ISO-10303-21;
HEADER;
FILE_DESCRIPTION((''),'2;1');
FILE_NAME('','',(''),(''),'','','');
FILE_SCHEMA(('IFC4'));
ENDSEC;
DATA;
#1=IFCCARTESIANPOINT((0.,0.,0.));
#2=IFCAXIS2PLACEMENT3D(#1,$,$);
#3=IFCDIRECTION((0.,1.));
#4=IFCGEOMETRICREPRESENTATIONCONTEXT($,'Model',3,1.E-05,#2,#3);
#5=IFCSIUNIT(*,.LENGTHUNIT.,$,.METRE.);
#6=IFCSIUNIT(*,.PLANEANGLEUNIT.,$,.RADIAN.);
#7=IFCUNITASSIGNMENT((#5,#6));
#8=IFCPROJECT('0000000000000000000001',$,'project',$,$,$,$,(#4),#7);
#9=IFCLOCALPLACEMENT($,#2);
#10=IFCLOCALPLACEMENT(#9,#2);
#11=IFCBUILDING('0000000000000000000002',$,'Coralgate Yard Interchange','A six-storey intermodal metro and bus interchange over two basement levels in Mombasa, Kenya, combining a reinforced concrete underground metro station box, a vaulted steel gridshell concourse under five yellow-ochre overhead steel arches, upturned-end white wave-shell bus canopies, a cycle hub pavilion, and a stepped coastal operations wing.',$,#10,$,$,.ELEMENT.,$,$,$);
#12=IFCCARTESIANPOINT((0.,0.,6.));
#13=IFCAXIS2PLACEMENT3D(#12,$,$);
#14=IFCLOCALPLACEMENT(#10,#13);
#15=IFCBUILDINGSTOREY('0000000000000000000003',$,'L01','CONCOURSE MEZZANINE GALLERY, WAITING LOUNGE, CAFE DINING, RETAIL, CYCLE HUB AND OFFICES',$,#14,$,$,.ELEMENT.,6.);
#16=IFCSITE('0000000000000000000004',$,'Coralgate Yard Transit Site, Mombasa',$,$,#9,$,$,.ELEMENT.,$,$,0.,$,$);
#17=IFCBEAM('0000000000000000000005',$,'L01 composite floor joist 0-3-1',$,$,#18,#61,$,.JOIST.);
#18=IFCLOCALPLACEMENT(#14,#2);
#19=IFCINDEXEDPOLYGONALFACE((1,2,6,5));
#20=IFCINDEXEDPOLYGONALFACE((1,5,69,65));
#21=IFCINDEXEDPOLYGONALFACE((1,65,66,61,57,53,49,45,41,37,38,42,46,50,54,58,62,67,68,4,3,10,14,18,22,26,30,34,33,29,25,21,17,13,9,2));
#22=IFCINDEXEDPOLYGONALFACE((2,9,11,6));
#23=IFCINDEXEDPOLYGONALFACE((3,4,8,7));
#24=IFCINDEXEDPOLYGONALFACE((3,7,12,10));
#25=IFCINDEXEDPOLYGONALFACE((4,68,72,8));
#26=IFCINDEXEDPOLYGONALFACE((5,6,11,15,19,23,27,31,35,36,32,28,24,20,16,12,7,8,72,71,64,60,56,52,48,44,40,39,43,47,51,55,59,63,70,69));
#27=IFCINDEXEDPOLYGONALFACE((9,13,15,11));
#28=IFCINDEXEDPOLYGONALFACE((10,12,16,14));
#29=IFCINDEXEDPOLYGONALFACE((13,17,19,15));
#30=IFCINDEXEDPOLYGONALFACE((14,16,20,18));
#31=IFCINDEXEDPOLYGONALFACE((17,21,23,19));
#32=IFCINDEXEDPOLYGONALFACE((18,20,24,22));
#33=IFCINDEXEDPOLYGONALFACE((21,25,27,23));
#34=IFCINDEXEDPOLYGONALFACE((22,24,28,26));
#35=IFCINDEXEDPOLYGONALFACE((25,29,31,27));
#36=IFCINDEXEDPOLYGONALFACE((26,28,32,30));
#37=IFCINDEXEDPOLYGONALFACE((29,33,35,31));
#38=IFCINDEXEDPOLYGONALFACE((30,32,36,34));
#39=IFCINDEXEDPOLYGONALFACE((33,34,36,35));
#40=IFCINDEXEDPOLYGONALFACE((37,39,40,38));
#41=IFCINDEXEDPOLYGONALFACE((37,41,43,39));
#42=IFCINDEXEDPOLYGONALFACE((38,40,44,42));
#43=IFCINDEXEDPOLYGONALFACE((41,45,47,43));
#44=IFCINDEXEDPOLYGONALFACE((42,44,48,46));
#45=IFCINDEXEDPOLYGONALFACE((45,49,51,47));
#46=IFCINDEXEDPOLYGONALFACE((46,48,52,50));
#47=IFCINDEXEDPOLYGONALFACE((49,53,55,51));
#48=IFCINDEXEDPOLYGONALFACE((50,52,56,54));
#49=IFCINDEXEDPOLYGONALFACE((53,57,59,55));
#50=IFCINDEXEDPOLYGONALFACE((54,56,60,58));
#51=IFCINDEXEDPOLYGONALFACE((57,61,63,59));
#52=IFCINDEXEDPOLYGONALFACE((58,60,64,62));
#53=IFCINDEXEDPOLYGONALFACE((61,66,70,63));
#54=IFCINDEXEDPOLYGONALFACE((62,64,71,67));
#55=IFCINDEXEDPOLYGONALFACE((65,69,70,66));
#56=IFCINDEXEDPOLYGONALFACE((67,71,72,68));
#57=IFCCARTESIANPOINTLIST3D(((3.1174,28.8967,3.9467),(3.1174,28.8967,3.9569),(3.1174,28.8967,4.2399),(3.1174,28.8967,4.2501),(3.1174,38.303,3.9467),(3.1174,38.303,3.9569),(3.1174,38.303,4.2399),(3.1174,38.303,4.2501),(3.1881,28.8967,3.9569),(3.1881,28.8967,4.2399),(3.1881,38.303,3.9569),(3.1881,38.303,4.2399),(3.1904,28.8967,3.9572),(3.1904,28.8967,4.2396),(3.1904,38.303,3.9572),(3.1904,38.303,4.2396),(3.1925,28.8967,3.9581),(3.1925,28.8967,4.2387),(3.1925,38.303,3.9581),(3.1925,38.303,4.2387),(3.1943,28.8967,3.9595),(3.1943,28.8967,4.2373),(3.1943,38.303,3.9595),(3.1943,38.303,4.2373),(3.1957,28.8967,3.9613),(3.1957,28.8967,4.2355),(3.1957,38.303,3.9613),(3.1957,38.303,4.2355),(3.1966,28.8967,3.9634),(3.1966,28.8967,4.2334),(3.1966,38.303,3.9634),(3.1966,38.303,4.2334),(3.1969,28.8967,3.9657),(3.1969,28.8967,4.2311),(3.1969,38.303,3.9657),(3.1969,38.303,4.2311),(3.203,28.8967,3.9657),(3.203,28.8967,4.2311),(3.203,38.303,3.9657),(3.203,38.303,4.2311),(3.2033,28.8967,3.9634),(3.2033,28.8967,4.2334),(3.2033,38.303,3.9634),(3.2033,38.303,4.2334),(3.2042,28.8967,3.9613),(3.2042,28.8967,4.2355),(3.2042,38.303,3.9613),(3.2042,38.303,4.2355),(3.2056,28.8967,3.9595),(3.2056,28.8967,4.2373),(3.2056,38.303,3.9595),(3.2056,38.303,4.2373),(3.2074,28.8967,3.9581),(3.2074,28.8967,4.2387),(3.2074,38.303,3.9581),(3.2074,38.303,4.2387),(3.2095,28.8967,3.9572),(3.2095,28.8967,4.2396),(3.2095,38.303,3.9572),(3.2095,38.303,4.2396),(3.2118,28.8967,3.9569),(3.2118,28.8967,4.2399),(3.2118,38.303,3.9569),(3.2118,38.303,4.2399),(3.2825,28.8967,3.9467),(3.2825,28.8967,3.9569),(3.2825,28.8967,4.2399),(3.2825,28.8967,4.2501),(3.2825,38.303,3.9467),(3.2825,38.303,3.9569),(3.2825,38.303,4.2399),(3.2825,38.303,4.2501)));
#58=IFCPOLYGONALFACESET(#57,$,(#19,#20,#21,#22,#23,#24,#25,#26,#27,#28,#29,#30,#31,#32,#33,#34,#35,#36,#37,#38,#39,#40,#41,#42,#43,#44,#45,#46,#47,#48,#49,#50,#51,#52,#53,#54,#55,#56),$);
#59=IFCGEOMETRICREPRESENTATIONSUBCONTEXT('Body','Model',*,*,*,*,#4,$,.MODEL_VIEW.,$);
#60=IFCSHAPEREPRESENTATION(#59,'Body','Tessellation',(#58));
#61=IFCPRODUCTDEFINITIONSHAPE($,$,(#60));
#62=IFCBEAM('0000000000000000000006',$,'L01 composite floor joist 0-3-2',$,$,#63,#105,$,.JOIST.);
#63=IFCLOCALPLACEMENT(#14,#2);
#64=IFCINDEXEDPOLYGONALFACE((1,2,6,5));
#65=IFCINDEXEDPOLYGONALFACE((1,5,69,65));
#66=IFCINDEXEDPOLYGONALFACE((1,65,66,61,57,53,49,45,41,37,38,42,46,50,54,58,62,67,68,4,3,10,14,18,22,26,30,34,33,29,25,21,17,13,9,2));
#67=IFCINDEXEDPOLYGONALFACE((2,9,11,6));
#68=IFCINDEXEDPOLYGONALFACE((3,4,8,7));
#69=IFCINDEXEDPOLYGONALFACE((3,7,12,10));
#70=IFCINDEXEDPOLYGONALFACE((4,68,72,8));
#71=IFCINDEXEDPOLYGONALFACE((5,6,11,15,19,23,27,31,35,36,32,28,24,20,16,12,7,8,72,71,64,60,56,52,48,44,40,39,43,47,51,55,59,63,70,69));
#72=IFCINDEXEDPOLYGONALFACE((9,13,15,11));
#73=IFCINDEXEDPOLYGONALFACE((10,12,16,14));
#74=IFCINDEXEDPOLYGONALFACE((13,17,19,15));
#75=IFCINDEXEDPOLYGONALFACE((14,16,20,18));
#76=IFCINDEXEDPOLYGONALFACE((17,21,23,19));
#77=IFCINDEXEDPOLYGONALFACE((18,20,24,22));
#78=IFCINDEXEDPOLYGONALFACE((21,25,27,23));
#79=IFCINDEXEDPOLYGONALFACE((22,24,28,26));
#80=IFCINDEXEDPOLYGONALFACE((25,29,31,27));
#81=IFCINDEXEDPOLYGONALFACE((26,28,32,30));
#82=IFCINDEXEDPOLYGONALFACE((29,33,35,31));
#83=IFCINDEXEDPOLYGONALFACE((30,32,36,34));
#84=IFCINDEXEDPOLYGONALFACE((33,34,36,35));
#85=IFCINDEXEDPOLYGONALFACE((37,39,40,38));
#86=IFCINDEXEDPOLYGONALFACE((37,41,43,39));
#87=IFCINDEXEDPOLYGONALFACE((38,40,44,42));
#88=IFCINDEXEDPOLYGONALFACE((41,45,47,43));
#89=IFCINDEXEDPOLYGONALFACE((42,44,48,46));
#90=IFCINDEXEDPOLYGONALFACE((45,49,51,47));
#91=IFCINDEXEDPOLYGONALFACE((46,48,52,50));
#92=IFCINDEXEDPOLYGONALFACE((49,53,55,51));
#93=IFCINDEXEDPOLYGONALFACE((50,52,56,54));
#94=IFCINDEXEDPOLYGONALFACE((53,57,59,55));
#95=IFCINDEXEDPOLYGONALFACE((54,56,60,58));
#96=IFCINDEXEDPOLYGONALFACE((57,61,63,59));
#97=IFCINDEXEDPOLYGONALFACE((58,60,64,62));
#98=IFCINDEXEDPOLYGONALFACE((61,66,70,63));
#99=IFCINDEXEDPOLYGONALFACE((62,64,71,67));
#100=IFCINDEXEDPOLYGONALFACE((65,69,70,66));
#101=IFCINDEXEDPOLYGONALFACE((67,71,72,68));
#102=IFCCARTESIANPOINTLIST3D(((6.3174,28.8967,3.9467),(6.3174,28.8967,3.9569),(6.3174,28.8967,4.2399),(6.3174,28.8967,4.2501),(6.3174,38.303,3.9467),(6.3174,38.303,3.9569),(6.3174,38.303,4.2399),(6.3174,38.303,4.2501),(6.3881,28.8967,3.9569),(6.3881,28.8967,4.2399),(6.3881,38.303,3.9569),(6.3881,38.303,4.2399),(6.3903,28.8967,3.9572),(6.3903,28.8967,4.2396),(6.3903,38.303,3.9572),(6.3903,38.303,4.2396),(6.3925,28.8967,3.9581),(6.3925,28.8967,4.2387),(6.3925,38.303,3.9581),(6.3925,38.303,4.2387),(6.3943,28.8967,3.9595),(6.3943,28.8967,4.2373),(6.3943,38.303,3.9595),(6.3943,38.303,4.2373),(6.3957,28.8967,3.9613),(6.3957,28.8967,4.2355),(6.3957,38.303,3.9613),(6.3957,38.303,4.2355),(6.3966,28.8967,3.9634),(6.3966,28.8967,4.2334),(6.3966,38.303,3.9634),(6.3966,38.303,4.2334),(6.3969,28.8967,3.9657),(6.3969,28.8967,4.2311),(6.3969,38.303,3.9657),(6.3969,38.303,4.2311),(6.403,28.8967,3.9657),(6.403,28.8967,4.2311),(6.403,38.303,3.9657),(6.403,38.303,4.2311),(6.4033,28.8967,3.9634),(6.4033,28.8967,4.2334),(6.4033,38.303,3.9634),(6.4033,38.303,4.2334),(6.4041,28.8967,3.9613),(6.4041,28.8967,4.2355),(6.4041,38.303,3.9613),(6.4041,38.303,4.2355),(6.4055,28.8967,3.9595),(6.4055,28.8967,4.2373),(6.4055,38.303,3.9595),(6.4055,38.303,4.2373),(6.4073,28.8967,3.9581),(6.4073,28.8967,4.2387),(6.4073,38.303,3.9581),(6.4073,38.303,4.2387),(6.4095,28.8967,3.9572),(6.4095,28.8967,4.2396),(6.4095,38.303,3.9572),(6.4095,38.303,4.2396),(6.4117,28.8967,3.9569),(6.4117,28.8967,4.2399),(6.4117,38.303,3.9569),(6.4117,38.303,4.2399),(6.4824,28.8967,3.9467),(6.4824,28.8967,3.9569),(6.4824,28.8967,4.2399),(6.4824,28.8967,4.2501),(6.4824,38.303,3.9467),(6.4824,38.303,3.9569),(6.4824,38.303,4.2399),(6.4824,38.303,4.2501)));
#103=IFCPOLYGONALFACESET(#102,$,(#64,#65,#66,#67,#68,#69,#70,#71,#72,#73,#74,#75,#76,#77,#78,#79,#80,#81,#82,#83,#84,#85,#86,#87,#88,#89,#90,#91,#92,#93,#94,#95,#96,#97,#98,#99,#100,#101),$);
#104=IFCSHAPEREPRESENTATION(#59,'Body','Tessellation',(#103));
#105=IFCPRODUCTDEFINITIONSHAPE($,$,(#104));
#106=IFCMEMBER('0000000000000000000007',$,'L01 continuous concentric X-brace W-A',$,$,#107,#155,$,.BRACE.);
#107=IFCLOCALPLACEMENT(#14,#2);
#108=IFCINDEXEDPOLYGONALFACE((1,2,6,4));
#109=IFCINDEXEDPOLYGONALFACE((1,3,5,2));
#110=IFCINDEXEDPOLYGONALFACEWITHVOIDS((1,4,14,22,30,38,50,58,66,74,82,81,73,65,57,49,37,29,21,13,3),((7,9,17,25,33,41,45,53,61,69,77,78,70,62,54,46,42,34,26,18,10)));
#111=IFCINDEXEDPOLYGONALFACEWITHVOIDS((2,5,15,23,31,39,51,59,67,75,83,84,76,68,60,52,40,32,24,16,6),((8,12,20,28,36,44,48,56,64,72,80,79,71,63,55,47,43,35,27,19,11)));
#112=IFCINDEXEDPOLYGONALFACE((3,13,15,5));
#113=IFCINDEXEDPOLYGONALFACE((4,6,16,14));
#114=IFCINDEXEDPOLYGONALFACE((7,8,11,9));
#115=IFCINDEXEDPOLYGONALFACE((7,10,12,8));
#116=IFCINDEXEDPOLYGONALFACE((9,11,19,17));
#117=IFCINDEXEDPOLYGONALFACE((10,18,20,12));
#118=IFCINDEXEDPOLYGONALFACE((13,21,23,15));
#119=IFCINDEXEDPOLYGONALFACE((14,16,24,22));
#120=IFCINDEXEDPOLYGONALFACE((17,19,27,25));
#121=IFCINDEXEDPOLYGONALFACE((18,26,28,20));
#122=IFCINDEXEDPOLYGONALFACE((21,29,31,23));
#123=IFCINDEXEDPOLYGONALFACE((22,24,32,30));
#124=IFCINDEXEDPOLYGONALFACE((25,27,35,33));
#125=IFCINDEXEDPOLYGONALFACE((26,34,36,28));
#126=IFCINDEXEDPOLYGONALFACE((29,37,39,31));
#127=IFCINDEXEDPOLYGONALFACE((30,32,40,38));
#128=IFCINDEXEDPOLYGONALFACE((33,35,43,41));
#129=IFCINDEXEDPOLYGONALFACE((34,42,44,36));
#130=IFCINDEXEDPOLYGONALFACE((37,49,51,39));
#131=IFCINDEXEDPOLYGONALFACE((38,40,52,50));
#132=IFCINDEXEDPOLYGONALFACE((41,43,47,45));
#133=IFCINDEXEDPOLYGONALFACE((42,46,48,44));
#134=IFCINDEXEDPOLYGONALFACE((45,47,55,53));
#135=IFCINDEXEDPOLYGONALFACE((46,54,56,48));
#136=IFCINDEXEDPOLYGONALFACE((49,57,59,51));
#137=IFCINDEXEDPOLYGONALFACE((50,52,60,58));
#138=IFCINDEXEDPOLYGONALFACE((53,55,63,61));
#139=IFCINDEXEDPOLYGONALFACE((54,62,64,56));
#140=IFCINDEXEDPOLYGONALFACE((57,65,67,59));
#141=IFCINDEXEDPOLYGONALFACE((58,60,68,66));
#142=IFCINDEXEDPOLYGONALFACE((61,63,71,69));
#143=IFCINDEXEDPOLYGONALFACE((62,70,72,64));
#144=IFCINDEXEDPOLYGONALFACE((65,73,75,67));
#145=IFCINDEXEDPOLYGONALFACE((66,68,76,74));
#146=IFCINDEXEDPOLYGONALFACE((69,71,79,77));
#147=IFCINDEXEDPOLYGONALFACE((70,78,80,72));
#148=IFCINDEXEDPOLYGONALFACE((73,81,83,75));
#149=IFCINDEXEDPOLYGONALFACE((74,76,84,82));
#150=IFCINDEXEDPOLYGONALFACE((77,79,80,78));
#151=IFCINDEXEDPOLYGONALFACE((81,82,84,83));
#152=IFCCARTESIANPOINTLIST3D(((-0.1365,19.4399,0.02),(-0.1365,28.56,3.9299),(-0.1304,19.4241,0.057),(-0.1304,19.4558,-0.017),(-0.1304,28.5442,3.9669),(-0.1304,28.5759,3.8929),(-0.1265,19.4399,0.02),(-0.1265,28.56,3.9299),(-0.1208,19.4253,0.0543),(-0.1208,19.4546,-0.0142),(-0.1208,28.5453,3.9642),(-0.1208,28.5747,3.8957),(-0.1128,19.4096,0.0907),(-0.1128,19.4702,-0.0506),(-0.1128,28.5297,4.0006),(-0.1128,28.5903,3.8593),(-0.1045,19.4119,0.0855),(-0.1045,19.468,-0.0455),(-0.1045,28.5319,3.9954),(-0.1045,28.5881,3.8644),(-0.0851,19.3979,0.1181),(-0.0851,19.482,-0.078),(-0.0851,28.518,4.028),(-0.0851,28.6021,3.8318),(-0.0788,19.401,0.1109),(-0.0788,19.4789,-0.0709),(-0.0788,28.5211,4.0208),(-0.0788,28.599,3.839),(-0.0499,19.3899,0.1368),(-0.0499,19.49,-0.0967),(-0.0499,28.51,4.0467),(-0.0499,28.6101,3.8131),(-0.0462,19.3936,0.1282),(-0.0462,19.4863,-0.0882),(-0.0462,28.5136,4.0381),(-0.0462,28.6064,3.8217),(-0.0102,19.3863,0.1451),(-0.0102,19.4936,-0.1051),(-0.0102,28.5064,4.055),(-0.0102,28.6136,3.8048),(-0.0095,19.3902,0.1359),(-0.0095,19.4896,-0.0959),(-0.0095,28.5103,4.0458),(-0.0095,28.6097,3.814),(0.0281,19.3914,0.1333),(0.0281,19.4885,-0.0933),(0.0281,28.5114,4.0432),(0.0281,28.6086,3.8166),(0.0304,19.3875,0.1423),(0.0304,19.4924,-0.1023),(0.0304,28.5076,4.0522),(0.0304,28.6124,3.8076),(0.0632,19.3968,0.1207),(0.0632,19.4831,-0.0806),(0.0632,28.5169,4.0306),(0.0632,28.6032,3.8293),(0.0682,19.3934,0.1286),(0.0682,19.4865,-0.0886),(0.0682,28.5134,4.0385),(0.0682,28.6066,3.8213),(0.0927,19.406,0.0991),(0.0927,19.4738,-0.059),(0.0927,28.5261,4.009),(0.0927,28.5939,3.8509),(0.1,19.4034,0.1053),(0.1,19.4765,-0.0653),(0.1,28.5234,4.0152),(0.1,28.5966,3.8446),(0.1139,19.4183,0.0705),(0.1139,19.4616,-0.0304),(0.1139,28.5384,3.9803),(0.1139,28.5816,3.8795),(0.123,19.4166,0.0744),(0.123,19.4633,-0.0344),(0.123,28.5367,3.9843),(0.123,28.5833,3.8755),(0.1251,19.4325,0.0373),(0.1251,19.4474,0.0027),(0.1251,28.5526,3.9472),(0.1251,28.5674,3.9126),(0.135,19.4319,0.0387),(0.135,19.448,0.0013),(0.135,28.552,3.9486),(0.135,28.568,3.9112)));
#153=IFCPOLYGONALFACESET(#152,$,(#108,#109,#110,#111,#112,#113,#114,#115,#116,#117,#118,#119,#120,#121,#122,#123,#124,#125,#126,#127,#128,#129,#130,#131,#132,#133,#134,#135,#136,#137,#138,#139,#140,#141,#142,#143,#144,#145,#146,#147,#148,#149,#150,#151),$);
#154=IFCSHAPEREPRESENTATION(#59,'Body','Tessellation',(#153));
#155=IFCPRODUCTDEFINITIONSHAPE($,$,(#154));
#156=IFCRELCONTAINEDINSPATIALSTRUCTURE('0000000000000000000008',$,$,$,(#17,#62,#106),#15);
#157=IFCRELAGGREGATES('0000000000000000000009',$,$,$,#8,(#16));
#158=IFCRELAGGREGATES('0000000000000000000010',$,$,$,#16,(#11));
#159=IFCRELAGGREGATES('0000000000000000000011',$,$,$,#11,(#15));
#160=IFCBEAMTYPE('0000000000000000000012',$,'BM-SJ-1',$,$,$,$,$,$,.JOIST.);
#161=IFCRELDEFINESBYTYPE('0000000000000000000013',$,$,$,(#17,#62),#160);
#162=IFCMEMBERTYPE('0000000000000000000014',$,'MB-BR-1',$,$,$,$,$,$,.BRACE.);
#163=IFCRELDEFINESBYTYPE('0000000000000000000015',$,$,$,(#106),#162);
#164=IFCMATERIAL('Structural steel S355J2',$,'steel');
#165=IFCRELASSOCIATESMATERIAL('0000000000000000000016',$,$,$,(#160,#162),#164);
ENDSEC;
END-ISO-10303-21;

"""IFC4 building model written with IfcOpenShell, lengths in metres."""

from ifc_helpers import new_model, si_unit, direction, frame, origin, origin_2d, place, context, subcontext, project, spatial, hollow_circle, i_section, extrude, material, material_profile, profile_set, type_object, element, save


model = new_model("IFC4")

# Units and contexts
model_context = context("Model", 3, precision=1e-05, world=origin(), true_north=direction((0.0, 1.0)))
body_context = subcontext(model_context, "Body", "Model", "MODEL_VIEW")
ifc_project = project(units=[si_unit("LENGTHUNIT", "METRE"), si_unit("PLANEANGLEUNIT", "RADIAN")], contexts=[model_context])

# Site, building, storey
site_placement = place(None, origin())
site = spatial("IfcSite", under=ifc_project, at=site_placement, Name="Coralgate Yard Transit Site, Mombasa", CompositionType="ELEMENT", RefElevation=0.0)
building_placement = place(site_placement, origin())
building = spatial("IfcBuilding", under=site, at=building_placement, Name="Coralgate Yard Interchange", Description="A six-storey intermodal metro and bus interchange over two basement levels in Mombasa, Kenya, combining a reinforced concrete underground metro station box, a vaulted steel gridshell concourse under five yellow-ochre overhead steel arches, upturned-end white wave-shell bus canopies, a cycle hub pavilion, and a stepped coastal operations wing.", CompositionType="ELEMENT")
storey_placement = place(building_placement, frame((0.0, 0.0, 6.0)))
storey = spatial("IfcBuildingStorey", under=building, at=storey_placement, Name="L01", Description="CONCOURSE MEZZANINE GALLERY, WAITING LOUNGE, CAFE DINING, RETAIL, CYCLE HUB AND OFFICES", CompositionType="ELEMENT", Elevation=6.0)

# Shared definitions
ifc_material_1 = material(Name="Structural steel S355J2", Category="steel")

# Beams
ifc_material_profile_1 = material_profile(ifc_material_1, i_section(OverallWidth=0.165, OverallDepth=0.3035, WebThickness=0.0061, FlangeThickness=0.0103, FilletRadius=0.0088, at=origin_2d()), Name="UB 305x165x40")
ifc_profile_set_1 = profile_set([ifc_material_profile_1], Name="Structural steel S355J2")
beam_type_1 = type_object("IfcBeamType", Name="BM-SJ-1", PredefinedType="JOIST", material=ifc_profile_set_1)
for number, where, z_axis, x_axis, name in (
    (1, (3.2, 28.8967, 4.0984), (0.0, 1.0, 0.0), (-1.0, 0.0, 0.0), "L01 composite floor joist 0-3-1"),
    (2, (6.3999, 28.8967, 4.0984), (0.0, 1.0, 0.0), (-1.0, 0.0, 0.0), "L01 composite floor joist 0-3-2"),
):
    element("IfcBeam", number, at=place(storey_placement, frame(where, z_axis=z_axis, x_axis=x_axis)), inside=storey, type_object=beam_type_1, Name=name, PredefinedType="JOIST", context=body_context, shape_type="SweptSolid", body=[
        extrude(i_section(OverallWidth=0.165, OverallDepth=0.3035, WebThickness=0.0061, FlangeThickness=0.0103, FilletRadius=0.0088, at=origin_2d()), origin(), (0.0, 0.0, 1.0), 9.4062),
    ])

# Member
ifc_material_profile_2 = material_profile(ifc_material_1, hollow_circle(Radius=0.1365, WallThickness=0.01, at=origin_2d()), Name="CHS 273x10")
ifc_profile_set_2 = profile_set([ifc_material_profile_2], Name="Structural steel S355J2")
member_type_1 = type_object("IfcMemberType", Name="MB-BR-1", PredefinedType="BRACE", material=ifc_profile_set_2)
member_1_placement = place(storey_placement, frame((0.0, 19.4399, 0.02), z_axis=(0.0, 0.919098, 0.394029), x_axis=(-1.0, 0.0, 0.0)))
element("IfcMember", 3, at=member_1_placement, inside=storey, type_object=member_type_1, Name="L01 continuous concentric X-brace W-A", PredefinedType="BRACE", context=body_context, shape_type="SweptSolid", body=[
    extrude(hollow_circle(Radius=0.1365, WallThickness=0.01, at=origin_2d()), origin(), (0.0, 0.0, 1.0), 9.9229),
])

save(model, "model.ifc")
